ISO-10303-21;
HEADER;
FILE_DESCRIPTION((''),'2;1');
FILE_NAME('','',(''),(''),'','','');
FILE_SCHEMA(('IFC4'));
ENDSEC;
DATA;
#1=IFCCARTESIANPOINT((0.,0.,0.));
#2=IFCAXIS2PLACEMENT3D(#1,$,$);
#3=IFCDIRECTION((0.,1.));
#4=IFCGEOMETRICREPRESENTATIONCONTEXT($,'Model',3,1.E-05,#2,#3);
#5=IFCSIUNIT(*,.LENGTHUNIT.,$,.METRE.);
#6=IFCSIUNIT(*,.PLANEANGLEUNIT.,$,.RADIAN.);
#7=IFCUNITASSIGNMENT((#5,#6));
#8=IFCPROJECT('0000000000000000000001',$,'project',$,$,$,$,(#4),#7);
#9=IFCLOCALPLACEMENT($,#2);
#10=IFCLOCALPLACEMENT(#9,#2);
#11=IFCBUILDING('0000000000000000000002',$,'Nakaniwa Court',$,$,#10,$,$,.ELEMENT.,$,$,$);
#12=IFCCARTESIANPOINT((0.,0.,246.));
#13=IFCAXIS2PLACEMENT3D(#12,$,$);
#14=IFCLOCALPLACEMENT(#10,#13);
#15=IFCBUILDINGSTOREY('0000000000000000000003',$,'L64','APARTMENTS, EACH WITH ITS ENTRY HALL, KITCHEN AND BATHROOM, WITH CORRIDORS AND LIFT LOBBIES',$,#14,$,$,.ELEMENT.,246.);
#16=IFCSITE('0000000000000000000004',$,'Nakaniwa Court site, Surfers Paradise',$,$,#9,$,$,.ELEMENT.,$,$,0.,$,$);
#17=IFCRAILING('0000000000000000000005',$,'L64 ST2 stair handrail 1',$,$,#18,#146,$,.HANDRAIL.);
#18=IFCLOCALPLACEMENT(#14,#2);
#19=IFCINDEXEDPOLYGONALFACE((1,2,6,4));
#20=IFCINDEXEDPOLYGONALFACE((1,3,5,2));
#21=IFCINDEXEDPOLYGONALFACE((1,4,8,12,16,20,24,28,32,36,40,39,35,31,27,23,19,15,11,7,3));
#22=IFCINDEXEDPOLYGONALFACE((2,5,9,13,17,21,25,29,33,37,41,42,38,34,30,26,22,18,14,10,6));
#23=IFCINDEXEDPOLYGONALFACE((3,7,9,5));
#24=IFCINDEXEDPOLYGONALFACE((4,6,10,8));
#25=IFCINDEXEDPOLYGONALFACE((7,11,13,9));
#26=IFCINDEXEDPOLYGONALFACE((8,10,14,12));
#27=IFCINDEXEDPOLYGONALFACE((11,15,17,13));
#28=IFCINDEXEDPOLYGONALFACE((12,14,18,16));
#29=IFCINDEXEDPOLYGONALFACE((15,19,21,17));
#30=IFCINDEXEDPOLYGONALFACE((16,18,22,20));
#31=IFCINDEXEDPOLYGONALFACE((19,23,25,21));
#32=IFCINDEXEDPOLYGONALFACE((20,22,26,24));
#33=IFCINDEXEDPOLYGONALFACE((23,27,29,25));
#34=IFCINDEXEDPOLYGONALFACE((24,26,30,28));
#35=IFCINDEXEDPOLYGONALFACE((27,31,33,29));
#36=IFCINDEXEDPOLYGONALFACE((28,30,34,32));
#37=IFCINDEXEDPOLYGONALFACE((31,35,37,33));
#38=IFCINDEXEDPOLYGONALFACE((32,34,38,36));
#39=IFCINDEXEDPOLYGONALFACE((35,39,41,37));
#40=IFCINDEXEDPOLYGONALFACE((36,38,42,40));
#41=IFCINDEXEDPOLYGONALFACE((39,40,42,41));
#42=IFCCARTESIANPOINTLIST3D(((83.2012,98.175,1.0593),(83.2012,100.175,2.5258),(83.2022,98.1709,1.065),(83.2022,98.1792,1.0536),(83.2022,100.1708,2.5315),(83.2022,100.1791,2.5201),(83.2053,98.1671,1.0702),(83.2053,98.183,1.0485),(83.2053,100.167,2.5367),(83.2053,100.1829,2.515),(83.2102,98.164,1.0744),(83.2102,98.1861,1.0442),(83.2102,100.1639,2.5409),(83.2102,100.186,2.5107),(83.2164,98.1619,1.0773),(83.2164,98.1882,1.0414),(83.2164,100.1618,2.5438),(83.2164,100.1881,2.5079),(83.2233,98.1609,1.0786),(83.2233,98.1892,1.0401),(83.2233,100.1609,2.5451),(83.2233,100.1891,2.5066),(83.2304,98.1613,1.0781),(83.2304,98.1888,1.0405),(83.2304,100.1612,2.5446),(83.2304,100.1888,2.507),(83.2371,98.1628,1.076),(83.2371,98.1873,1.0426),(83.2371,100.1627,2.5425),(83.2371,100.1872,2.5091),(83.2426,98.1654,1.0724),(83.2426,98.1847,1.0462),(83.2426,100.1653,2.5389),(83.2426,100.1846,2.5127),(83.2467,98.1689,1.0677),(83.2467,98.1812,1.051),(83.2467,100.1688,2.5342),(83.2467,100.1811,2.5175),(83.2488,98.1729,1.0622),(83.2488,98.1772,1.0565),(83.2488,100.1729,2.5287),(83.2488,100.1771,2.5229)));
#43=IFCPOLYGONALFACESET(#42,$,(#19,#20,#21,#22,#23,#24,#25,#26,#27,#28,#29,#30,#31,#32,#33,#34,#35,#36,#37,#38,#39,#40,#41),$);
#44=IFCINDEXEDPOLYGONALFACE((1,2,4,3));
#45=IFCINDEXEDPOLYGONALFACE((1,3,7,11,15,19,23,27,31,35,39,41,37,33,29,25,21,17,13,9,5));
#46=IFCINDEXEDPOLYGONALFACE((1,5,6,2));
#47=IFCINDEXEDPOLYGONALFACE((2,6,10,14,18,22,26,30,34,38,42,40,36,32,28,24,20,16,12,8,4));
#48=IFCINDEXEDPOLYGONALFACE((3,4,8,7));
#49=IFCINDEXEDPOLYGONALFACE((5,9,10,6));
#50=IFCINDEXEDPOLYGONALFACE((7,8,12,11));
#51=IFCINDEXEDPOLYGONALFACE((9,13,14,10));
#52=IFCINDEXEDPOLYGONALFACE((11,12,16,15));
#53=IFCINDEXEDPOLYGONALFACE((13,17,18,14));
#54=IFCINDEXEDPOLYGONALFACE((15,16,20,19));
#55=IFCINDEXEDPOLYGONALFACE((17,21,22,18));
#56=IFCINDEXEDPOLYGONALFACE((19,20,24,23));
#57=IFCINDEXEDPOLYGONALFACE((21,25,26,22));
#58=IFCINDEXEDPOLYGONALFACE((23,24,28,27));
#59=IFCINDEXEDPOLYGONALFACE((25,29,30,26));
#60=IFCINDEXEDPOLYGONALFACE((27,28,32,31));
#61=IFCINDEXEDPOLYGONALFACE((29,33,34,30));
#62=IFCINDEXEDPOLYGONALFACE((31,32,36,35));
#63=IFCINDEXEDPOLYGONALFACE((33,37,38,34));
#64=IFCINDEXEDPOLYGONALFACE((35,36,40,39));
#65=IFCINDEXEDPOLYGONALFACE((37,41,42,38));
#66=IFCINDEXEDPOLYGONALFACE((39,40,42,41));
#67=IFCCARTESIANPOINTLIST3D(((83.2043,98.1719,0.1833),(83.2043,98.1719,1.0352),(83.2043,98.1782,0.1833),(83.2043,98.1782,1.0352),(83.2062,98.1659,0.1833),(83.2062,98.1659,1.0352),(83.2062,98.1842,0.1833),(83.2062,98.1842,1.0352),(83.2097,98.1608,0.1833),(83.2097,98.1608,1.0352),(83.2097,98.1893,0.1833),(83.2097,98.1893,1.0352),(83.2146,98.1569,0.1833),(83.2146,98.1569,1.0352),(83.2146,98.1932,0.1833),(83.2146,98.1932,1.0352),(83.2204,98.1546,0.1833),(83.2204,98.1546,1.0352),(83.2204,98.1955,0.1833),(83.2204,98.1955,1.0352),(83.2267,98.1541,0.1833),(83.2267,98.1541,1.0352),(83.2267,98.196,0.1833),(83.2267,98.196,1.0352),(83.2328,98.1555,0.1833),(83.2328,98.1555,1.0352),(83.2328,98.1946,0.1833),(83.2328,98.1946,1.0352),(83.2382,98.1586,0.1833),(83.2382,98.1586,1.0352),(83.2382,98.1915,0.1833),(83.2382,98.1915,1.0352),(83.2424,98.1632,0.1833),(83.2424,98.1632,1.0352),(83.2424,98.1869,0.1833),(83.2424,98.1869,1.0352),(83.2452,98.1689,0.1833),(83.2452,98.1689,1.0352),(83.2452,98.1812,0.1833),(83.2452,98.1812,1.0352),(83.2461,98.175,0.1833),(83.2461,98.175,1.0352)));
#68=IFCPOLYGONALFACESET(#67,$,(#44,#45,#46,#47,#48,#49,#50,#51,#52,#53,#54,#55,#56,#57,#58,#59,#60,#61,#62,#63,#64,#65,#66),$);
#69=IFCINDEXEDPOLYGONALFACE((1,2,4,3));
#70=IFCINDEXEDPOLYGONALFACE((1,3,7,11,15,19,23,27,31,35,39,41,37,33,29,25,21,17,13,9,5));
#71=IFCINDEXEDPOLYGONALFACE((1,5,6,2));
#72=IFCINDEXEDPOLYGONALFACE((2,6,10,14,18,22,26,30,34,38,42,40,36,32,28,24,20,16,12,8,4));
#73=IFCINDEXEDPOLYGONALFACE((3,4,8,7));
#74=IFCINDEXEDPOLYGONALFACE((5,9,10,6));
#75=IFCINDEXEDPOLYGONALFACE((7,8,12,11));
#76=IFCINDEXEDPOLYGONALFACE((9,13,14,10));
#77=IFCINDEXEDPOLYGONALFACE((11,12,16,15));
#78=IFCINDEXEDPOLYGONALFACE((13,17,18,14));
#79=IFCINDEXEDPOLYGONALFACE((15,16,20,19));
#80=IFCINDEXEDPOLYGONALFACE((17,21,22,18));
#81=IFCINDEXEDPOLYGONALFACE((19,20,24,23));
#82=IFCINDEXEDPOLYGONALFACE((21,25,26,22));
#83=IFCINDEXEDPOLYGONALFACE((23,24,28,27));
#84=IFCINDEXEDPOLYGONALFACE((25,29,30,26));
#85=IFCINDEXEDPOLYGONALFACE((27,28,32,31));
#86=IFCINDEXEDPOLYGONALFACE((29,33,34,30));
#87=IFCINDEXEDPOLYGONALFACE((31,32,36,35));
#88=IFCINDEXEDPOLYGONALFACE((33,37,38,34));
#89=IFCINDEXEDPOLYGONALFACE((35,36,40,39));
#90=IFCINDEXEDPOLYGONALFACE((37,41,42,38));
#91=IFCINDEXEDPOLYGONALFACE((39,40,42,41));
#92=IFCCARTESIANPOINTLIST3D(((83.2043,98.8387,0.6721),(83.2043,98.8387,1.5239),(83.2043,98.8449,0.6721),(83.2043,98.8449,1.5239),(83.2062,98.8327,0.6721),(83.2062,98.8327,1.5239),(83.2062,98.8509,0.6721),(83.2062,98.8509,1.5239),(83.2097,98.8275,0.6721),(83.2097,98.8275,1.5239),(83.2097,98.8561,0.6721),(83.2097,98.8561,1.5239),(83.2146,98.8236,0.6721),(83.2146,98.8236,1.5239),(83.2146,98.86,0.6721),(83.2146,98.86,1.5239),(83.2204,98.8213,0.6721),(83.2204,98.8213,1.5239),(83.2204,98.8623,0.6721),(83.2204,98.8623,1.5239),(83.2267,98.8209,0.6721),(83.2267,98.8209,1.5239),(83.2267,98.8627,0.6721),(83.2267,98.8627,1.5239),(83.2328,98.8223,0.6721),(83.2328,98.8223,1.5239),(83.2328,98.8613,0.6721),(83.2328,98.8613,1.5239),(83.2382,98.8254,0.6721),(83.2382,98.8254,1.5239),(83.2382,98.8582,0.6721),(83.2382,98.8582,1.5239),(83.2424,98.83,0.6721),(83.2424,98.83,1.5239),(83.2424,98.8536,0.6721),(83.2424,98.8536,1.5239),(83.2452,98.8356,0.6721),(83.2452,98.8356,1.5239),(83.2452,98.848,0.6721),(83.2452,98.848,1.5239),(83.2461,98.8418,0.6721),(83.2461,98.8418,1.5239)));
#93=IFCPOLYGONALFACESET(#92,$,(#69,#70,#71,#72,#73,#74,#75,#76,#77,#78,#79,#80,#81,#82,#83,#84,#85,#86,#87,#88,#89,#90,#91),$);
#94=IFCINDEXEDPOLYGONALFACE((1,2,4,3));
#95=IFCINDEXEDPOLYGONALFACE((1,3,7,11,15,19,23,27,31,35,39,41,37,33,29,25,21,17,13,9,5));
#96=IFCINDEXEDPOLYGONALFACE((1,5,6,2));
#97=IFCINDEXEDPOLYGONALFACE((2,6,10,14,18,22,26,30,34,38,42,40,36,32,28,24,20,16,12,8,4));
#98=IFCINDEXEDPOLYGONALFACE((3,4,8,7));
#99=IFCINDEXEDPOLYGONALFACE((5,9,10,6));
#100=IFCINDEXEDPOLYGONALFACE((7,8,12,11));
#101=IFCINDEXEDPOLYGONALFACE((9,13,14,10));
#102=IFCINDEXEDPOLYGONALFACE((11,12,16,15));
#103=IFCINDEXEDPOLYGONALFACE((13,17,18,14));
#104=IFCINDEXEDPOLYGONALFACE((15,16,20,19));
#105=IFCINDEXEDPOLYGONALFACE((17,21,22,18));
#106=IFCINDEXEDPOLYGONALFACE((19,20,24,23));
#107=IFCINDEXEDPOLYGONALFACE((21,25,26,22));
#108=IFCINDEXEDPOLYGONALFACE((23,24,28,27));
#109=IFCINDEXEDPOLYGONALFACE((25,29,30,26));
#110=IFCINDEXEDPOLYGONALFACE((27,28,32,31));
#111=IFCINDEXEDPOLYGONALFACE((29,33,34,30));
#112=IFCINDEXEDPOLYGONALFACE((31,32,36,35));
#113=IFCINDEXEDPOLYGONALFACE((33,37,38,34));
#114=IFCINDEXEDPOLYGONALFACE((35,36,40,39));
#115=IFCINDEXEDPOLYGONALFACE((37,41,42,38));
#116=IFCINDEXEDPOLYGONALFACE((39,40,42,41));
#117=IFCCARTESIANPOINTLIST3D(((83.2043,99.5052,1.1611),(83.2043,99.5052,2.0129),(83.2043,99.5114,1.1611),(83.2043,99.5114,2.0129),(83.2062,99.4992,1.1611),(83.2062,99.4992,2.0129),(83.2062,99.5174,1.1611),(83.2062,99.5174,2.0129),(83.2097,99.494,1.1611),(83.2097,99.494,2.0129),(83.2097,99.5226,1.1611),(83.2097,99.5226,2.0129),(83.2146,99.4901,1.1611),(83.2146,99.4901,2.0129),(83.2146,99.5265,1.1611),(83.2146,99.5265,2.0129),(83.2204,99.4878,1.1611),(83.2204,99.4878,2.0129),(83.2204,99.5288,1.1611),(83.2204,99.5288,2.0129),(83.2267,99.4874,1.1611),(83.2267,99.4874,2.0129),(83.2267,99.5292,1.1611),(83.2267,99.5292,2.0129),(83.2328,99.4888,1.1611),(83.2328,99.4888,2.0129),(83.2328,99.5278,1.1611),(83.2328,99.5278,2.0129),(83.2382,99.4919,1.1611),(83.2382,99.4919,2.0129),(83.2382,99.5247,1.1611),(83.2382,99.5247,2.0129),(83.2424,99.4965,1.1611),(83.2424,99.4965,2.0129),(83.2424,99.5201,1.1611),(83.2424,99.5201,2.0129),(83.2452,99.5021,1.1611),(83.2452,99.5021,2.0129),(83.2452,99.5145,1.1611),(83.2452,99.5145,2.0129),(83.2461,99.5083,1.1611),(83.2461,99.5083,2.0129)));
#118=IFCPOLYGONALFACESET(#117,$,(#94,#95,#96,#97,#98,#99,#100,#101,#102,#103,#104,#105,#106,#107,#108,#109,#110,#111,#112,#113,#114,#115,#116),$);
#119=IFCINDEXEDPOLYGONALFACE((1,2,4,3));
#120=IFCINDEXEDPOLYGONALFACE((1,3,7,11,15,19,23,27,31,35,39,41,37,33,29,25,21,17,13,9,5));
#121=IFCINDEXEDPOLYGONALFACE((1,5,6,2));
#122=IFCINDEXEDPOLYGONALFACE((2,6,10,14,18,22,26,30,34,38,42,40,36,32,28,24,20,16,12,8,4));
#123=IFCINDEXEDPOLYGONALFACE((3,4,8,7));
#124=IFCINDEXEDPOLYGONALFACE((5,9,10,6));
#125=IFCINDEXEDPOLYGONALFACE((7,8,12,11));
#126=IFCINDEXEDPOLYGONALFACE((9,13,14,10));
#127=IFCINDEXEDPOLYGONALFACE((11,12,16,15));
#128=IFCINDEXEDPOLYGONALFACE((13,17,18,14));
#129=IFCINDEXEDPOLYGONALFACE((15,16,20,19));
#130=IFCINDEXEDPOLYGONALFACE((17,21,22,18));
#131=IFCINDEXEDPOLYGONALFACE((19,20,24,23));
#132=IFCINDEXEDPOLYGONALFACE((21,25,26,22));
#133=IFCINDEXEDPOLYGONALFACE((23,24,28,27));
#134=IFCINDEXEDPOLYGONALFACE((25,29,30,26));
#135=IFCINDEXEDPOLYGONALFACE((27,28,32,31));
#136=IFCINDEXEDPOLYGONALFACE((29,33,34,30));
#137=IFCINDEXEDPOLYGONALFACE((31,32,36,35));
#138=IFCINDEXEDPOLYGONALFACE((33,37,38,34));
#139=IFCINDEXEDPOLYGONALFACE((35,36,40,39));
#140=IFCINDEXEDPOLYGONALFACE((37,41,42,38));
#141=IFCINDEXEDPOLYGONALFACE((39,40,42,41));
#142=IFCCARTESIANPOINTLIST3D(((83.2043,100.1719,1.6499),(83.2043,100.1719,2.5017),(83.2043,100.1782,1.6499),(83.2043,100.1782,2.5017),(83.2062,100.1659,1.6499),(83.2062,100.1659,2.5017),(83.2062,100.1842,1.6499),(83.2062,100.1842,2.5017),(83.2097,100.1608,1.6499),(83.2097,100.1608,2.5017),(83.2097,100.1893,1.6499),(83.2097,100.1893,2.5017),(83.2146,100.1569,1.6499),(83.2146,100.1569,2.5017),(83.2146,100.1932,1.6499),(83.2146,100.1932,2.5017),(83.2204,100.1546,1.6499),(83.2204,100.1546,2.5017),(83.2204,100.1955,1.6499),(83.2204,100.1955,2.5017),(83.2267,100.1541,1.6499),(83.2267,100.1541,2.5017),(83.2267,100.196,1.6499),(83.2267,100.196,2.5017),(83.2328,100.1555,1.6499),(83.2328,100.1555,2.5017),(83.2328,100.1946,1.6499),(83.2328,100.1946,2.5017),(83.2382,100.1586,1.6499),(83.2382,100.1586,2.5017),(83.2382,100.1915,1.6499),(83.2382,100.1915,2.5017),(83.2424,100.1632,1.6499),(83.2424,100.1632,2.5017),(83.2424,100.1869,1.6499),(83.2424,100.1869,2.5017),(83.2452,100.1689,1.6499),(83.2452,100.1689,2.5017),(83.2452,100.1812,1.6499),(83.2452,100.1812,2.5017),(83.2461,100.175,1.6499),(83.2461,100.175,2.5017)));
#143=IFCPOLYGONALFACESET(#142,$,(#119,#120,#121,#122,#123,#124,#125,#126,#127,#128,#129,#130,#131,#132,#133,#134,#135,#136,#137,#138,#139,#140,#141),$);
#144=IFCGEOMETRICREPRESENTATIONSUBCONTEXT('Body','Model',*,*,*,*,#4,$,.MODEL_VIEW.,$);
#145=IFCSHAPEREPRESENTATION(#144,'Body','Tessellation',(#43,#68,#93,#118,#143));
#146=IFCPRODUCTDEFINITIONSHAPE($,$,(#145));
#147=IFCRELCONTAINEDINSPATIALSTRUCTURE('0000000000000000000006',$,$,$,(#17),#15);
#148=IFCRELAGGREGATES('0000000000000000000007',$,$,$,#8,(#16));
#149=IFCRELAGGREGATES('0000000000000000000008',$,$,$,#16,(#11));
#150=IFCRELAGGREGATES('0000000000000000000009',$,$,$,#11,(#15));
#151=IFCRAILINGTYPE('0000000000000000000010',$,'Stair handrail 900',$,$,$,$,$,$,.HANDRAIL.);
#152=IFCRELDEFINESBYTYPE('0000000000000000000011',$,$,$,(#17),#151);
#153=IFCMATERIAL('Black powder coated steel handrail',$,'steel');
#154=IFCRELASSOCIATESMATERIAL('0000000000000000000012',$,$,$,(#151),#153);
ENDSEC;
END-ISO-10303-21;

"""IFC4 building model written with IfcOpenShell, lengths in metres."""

from ifc_helpers import new_model, si_unit, direction, frame, origin, origin_2d, place, context, subcontext, project, spatial, circle, extrude, material, type_object, element, save


model = new_model("IFC4")

# Units and contexts
model_context = context("Model", 3, precision=1e-05, world=origin(), true_north=direction((0.0, 1.0)))
body_context = subcontext(model_context, "Body", "Model", "MODEL_VIEW")
ifc_project = project(units=[si_unit("LENGTHUNIT", "METRE"), si_unit("PLANEANGLEUNIT", "RADIAN")], contexts=[model_context])

# Site, building, storey
site_placement = place(None, origin())
site = spatial("IfcSite", under=ifc_project, at=site_placement, Name="Nakaniwa Court site, Surfers Paradise", CompositionType="ELEMENT", RefElevation=0.0)
building_placement = place(site_placement, origin())
building = spatial("IfcBuilding", under=site, at=building_placement, Name="Nakaniwa Court", CompositionType="ELEMENT")
storey_placement = place(building_placement, frame((0.0, 0.0, 246.0)))
storey = spatial("IfcBuildingStorey", under=building, at=storey_placement, Name="L64", Description="APARTMENTS, EACH WITH ITS ENTRY HALL, KITCHEN AND BATHROOM, WITH CORRIDORS AND LIFT LOBBIES", CompositionType="ELEMENT", Elevation=246.0)

# Railing
ifc_material_1 = material(Name="Black powder coated steel handrail", Category="steel")
railing_type_1 = type_object("IfcRailingType", Name="Stair handrail 900", PredefinedType="HANDRAIL", material=ifc_material_1)
railing_1_placement = place(storey_placement, frame((83.2251, 98.175, 0.1833)))
element("IfcRailing", 1, at=railing_1_placement, inside=storey, type_object=railing_type_1, Name="L64 ST2 stair handrail 1", PredefinedType="HANDRAIL", context=body_context, shape_type="SweptSolid", body=[
    extrude(circle(Radius=0.0239, at=origin_2d()), frame((0.0, 0.0, 0.876), z_axis=(0.0, 0.806427, 0.591334), x_axis=(-1.0, 0.0, 0.0)), (0.0, 0.0, 1.0), 2.48),
    extrude(circle(Radius=0.021, at=origin_2d()), origin(), (0.0, 0.0, 1.0), 0.8518),
    extrude(circle(Radius=0.021, at=origin_2d()), frame((0.0, 0.6667, 0.4888)), (0.0, 0.0, 1.0), 0.8518),
    extrude(circle(Radius=0.021, at=origin_2d()), frame((0.0, 1.3333, 0.9778)), (0.0, 0.0, 1.0), 0.8518),
    extrude(circle(Radius=0.021, at=origin_2d()), frame((0.0, 2.0, 1.4666)), (0.0, 0.0, 1.0), 0.8518),
])

save(model, "model.ifc")
